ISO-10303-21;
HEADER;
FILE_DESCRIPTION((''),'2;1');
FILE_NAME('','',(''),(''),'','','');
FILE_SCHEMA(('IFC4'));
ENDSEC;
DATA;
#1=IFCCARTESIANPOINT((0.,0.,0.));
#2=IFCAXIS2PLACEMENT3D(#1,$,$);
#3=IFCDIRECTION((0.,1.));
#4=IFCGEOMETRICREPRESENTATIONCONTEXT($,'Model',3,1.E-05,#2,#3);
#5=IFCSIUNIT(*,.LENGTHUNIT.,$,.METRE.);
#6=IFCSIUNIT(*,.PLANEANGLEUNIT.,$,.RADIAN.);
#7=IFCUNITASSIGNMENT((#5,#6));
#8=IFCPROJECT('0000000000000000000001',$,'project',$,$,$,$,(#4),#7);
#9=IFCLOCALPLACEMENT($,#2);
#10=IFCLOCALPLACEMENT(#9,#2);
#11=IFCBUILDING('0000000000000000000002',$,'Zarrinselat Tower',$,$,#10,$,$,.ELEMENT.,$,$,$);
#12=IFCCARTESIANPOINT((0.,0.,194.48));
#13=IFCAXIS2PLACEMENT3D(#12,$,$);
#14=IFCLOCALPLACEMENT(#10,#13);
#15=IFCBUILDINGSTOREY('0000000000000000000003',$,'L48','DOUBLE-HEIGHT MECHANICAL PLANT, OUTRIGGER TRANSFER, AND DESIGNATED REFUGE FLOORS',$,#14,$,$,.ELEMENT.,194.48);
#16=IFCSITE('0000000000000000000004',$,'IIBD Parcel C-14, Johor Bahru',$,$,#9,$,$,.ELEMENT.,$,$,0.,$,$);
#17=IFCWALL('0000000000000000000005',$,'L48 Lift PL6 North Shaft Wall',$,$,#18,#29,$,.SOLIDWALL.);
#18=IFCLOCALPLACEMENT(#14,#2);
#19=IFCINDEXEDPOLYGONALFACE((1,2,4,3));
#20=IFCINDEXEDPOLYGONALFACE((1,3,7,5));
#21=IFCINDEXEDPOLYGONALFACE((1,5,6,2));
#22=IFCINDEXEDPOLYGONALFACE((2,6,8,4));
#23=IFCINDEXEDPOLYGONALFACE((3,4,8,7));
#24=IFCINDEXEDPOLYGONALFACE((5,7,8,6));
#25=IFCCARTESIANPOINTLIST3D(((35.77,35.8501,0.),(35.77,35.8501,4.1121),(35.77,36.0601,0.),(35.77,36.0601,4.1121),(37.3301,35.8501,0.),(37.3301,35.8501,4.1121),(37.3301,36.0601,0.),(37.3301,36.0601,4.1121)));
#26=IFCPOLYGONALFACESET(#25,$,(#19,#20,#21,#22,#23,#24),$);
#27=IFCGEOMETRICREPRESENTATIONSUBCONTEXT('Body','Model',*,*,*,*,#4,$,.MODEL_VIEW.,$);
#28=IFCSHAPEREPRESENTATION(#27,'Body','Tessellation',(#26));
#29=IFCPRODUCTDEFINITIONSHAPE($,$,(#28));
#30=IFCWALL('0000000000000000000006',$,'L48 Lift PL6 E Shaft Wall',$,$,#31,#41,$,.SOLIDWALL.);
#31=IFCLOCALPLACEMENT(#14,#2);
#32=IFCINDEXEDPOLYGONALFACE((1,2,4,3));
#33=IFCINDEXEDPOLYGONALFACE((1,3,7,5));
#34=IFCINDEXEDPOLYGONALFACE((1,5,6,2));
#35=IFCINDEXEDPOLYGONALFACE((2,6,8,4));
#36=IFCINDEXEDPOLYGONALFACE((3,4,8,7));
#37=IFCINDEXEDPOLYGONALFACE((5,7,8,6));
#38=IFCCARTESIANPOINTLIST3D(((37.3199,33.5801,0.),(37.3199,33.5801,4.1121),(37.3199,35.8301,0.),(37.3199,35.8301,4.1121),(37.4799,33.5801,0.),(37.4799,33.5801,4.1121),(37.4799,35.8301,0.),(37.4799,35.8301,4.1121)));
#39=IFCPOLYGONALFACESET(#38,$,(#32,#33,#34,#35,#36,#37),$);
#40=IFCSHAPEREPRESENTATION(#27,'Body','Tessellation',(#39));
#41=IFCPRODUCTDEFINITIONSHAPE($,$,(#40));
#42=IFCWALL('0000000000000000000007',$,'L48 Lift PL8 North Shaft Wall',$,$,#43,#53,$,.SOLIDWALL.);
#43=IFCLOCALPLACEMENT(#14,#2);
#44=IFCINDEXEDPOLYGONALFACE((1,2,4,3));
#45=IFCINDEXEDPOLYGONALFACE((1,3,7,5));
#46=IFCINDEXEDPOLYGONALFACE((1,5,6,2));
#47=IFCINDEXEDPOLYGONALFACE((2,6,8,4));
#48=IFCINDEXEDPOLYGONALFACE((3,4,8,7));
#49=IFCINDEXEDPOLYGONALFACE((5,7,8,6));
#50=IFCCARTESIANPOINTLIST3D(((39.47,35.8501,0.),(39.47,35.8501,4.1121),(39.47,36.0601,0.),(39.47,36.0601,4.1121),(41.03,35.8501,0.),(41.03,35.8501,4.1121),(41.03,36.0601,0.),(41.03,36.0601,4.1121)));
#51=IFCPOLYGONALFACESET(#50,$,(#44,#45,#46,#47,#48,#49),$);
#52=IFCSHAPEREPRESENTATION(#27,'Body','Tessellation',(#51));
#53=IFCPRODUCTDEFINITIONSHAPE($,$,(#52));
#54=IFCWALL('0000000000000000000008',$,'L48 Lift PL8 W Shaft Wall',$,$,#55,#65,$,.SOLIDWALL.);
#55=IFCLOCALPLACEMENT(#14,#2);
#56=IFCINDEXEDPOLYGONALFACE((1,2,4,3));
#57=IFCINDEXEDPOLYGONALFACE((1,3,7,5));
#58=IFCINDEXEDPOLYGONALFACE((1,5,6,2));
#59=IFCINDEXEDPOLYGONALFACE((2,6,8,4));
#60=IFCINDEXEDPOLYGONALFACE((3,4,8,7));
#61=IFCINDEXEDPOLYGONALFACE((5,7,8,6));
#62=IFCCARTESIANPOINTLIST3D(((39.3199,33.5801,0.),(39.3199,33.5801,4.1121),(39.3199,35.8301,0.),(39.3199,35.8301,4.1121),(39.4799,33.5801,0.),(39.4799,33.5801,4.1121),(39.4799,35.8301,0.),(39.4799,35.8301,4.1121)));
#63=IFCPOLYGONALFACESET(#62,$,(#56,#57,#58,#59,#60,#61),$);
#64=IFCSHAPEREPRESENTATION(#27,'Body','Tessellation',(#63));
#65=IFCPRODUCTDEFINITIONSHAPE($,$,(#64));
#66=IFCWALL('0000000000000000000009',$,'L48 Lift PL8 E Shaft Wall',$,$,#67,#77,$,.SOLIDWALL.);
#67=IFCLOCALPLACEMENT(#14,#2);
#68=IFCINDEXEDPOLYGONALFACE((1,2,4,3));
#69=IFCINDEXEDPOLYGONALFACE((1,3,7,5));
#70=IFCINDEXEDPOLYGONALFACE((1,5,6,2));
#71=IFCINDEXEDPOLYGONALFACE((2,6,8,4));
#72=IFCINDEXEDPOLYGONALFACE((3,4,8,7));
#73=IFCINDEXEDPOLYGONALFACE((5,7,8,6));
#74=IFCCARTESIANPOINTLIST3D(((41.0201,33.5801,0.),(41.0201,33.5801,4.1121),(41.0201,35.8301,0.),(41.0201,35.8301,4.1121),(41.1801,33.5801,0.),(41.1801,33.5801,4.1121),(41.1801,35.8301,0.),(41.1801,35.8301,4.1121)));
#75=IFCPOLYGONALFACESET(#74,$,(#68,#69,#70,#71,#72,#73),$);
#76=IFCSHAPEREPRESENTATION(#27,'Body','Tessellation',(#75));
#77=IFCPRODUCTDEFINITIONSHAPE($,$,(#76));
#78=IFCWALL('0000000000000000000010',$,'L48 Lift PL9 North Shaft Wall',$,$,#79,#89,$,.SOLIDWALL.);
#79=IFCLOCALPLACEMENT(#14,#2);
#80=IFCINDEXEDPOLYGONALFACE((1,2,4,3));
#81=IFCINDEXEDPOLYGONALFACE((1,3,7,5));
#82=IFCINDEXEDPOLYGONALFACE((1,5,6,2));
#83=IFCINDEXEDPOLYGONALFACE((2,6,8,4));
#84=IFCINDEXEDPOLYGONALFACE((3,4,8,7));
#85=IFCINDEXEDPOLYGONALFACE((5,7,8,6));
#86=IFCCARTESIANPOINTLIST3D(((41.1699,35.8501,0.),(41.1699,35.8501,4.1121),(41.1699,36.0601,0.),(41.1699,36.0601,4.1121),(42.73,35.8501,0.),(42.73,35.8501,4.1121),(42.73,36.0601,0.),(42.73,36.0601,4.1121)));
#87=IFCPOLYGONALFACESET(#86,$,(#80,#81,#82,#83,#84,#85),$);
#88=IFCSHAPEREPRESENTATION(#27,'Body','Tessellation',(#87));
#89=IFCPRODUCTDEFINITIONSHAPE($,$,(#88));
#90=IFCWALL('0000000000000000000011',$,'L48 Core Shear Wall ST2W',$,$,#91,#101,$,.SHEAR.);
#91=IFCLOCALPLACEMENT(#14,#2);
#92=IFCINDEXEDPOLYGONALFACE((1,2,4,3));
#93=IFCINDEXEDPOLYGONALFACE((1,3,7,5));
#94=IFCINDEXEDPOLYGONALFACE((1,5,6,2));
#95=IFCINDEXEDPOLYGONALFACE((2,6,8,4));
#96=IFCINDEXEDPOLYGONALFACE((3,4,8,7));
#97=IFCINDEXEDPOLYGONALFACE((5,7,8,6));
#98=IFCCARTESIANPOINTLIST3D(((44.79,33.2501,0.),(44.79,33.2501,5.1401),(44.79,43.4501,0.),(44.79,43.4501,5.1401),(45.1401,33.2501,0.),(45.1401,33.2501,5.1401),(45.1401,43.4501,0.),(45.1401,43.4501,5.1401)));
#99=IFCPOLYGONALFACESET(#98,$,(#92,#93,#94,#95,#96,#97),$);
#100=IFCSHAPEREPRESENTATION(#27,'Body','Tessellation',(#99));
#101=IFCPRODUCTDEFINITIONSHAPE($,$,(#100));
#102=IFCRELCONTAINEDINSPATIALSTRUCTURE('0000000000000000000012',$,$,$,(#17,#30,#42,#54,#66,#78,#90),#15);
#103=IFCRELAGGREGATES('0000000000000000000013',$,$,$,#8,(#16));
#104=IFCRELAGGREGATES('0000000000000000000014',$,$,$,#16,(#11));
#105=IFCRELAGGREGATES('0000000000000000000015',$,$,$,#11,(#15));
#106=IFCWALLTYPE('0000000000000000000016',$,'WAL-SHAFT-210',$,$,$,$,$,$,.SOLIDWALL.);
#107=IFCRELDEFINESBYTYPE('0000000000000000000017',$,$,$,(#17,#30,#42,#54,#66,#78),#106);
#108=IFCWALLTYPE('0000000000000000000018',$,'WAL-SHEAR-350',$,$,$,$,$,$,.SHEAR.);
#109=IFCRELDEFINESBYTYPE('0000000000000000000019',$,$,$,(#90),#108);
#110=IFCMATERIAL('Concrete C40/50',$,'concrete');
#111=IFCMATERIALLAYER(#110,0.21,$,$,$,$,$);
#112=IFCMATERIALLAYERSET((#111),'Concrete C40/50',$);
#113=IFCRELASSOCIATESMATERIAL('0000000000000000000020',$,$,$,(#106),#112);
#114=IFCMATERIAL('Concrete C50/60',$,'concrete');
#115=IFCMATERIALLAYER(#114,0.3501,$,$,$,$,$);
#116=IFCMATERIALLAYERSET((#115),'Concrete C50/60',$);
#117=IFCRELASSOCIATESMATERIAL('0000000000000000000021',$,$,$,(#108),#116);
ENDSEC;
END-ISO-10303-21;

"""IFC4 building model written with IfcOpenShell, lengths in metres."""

from ifc_helpers import new_model, si_unit, direction, frame, frame_2d, origin, place, context, subcontext, project, spatial, rectangle, extrude, material, layer, layer_set, type_object, element, save


model = new_model("IFC4")

# Units and contexts
model_context = context("Model", 3, precision=1e-05, world=origin(), true_north=direction((0.0, 1.0)))
body_context = subcontext(model_context, "Body", "Model", "MODEL_VIEW")
ifc_project = project(units=[si_unit("LENGTHUNIT", "METRE"), si_unit("PLANEANGLEUNIT", "RADIAN")], contexts=[model_context])

# Site, building, storey
site_placement = place(None, origin())
site = spatial("IfcSite", under=ifc_project, at=site_placement, Name="IIBD Parcel C-14, Johor Bahru", CompositionType="ELEMENT", RefElevation=0.0)
building_placement = place(site_placement, origin())
building = spatial("IfcBuilding", under=site, at=building_placement, Name="Zarrinselat Tower", CompositionType="ELEMENT")
storey_placement = place(building_placement, frame((0.0, 0.0, 194.48)))
storey = spatial("IfcBuildingStorey", under=building, at=storey_placement, Name="L48", Description="DOUBLE-HEIGHT MECHANICAL PLANT, OUTRIGGER TRANSFER, AND DESIGNATED REFUGE FLOORS", CompositionType="ELEMENT", Elevation=194.48)

# Walls
ifc_material_1 = material(Name="Concrete C40/50", Category="concrete")
ifc_layer_1 = layer(ifc_material_1, 0.21)
ifc_layer_set_1 = layer_set([ifc_layer_1], Name="Concrete C40/50")
wall_type_1 = type_object("IfcWallType", Name="WAL-SHAFT-210", PredefinedType="SOLIDWALL", material=ifc_layer_set_1)
wall_1_placement = place(storey_placement, frame((35.77, 35.9551, 0.0), z_axis=(0.0, 0.0, 1.0), x_axis=(1.0, 0.0, 0.0)))
element("IfcWall", 1, at=wall_1_placement, inside=storey, type_object=wall_type_1, Name="L48 Lift PL6 North Shaft Wall", PredefinedType="SOLIDWALL", context=body_context, shape_type="SweptSolid", body=[
    extrude(rectangle(XDim=1.5601, YDim=0.21, at=frame_2d((0.78, 0.0))), origin(), (0.0, 0.0, 1.0), 4.1121),
])
wall_2_placement = place(storey_placement, frame((37.3999, 33.5801, 0.0), z_axis=(0.0, 0.0, 1.0), x_axis=(0.0, 1.0, 0.0)))
element("IfcWall", 2, at=wall_2_placement, inside=storey, type_object=wall_type_1, Name="L48 Lift PL6 E Shaft Wall", PredefinedType="SOLIDWALL", context=body_context, shape_type="SweptSolid", body=[
    extrude(rectangle(XDim=2.25, YDim=0.1599, at=frame_2d((1.125, 0.0))), origin(), (0.0, 0.0, 1.0), 4.1121),
])
wall_3_placement = place(storey_placement, frame((39.47, 35.9551, 0.0), z_axis=(0.0, 0.0, 1.0), x_axis=(1.0, 0.0, 0.0)))
element("IfcWall", 3, at=wall_3_placement, inside=storey, type_object=wall_type_1, Name="L48 Lift PL8 North Shaft Wall", PredefinedType="SOLIDWALL", context=body_context, shape_type="SweptSolid", body=[
    extrude(rectangle(XDim=1.5601, YDim=0.21, at=frame_2d((0.78, 0.0))), origin(), (0.0, 0.0, 1.0), 4.1121),
])
for number, where, z_axis, x_axis, name in (
    (4, (39.3999, 33.5801, 0.0), (0.0, 0.0, 1.0), (0.0, 1.0, 0.0), "L48 Lift PL8 W Shaft Wall"),
    (5, (41.1001, 33.5801, 0.0), (0.0, 0.0, 1.0), (0.0, 1.0, 0.0), "L48 Lift PL8 E Shaft Wall"),
):
    element("IfcWall", number, at=place(storey_placement, frame(where, z_axis=z_axis, x_axis=x_axis)), inside=storey, type_object=wall_type_1, Name=name, PredefinedType="SOLIDWALL", context=body_context, shape_type="SweptSolid", body=[
        extrude(rectangle(XDim=2.25, YDim=0.1599, at=frame_2d((1.125, 0.0))), origin(), (0.0, 0.0, 1.0), 4.1121),
    ])
wall_4_placement = place(storey_placement, frame((41.1699, 35.9551, 0.0), z_axis=(0.0, 0.0, 1.0), x_axis=(1.0, 0.0, 0.0)))
element("IfcWall", 6, at=wall_4_placement, inside=storey, type_object=wall_type_1, Name="L48 Lift PL9 North Shaft Wall", PredefinedType="SOLIDWALL", context=body_context, shape_type="SweptSolid", body=[
    extrude(rectangle(XDim=1.5601, YDim=0.21, at=frame_2d((0.78, 0.0))), origin(), (0.0, 0.0, 1.0), 4.1121),
])
ifc_material_2 = material(Name="Concrete C50/60", Category="concrete")
ifc_layer_2 = layer(ifc_material_2, 0.3501)
ifc_layer_set_2 = layer_set([ifc_layer_2], Name="Concrete C50/60")
wall_type_2 = type_object("IfcWallType", Name="WAL-SHEAR-350", PredefinedType="SHEAR", material=ifc_layer_set_2)
wall_5_placement = place(storey_placement, frame((44.9651, 33.25, 0.0), z_axis=(0.0, 0.0, 1.0), x_axis=(0.0, 1.0, 0.0)))
element("IfcWall", 7, at=wall_5_placement, inside=storey, type_object=wall_type_2, Name="L48 Core Shear Wall ST2W", PredefinedType="SHEAR", context=body_context, shape_type="SweptSolid", body=[
    extrude(rectangle(XDim=10.2, YDim=0.3501, at=frame_2d((5.1001, 0.0))), origin(), (0.0, 0.0, 1.0), 5.1401),
])

save(model, "model.ifc")
